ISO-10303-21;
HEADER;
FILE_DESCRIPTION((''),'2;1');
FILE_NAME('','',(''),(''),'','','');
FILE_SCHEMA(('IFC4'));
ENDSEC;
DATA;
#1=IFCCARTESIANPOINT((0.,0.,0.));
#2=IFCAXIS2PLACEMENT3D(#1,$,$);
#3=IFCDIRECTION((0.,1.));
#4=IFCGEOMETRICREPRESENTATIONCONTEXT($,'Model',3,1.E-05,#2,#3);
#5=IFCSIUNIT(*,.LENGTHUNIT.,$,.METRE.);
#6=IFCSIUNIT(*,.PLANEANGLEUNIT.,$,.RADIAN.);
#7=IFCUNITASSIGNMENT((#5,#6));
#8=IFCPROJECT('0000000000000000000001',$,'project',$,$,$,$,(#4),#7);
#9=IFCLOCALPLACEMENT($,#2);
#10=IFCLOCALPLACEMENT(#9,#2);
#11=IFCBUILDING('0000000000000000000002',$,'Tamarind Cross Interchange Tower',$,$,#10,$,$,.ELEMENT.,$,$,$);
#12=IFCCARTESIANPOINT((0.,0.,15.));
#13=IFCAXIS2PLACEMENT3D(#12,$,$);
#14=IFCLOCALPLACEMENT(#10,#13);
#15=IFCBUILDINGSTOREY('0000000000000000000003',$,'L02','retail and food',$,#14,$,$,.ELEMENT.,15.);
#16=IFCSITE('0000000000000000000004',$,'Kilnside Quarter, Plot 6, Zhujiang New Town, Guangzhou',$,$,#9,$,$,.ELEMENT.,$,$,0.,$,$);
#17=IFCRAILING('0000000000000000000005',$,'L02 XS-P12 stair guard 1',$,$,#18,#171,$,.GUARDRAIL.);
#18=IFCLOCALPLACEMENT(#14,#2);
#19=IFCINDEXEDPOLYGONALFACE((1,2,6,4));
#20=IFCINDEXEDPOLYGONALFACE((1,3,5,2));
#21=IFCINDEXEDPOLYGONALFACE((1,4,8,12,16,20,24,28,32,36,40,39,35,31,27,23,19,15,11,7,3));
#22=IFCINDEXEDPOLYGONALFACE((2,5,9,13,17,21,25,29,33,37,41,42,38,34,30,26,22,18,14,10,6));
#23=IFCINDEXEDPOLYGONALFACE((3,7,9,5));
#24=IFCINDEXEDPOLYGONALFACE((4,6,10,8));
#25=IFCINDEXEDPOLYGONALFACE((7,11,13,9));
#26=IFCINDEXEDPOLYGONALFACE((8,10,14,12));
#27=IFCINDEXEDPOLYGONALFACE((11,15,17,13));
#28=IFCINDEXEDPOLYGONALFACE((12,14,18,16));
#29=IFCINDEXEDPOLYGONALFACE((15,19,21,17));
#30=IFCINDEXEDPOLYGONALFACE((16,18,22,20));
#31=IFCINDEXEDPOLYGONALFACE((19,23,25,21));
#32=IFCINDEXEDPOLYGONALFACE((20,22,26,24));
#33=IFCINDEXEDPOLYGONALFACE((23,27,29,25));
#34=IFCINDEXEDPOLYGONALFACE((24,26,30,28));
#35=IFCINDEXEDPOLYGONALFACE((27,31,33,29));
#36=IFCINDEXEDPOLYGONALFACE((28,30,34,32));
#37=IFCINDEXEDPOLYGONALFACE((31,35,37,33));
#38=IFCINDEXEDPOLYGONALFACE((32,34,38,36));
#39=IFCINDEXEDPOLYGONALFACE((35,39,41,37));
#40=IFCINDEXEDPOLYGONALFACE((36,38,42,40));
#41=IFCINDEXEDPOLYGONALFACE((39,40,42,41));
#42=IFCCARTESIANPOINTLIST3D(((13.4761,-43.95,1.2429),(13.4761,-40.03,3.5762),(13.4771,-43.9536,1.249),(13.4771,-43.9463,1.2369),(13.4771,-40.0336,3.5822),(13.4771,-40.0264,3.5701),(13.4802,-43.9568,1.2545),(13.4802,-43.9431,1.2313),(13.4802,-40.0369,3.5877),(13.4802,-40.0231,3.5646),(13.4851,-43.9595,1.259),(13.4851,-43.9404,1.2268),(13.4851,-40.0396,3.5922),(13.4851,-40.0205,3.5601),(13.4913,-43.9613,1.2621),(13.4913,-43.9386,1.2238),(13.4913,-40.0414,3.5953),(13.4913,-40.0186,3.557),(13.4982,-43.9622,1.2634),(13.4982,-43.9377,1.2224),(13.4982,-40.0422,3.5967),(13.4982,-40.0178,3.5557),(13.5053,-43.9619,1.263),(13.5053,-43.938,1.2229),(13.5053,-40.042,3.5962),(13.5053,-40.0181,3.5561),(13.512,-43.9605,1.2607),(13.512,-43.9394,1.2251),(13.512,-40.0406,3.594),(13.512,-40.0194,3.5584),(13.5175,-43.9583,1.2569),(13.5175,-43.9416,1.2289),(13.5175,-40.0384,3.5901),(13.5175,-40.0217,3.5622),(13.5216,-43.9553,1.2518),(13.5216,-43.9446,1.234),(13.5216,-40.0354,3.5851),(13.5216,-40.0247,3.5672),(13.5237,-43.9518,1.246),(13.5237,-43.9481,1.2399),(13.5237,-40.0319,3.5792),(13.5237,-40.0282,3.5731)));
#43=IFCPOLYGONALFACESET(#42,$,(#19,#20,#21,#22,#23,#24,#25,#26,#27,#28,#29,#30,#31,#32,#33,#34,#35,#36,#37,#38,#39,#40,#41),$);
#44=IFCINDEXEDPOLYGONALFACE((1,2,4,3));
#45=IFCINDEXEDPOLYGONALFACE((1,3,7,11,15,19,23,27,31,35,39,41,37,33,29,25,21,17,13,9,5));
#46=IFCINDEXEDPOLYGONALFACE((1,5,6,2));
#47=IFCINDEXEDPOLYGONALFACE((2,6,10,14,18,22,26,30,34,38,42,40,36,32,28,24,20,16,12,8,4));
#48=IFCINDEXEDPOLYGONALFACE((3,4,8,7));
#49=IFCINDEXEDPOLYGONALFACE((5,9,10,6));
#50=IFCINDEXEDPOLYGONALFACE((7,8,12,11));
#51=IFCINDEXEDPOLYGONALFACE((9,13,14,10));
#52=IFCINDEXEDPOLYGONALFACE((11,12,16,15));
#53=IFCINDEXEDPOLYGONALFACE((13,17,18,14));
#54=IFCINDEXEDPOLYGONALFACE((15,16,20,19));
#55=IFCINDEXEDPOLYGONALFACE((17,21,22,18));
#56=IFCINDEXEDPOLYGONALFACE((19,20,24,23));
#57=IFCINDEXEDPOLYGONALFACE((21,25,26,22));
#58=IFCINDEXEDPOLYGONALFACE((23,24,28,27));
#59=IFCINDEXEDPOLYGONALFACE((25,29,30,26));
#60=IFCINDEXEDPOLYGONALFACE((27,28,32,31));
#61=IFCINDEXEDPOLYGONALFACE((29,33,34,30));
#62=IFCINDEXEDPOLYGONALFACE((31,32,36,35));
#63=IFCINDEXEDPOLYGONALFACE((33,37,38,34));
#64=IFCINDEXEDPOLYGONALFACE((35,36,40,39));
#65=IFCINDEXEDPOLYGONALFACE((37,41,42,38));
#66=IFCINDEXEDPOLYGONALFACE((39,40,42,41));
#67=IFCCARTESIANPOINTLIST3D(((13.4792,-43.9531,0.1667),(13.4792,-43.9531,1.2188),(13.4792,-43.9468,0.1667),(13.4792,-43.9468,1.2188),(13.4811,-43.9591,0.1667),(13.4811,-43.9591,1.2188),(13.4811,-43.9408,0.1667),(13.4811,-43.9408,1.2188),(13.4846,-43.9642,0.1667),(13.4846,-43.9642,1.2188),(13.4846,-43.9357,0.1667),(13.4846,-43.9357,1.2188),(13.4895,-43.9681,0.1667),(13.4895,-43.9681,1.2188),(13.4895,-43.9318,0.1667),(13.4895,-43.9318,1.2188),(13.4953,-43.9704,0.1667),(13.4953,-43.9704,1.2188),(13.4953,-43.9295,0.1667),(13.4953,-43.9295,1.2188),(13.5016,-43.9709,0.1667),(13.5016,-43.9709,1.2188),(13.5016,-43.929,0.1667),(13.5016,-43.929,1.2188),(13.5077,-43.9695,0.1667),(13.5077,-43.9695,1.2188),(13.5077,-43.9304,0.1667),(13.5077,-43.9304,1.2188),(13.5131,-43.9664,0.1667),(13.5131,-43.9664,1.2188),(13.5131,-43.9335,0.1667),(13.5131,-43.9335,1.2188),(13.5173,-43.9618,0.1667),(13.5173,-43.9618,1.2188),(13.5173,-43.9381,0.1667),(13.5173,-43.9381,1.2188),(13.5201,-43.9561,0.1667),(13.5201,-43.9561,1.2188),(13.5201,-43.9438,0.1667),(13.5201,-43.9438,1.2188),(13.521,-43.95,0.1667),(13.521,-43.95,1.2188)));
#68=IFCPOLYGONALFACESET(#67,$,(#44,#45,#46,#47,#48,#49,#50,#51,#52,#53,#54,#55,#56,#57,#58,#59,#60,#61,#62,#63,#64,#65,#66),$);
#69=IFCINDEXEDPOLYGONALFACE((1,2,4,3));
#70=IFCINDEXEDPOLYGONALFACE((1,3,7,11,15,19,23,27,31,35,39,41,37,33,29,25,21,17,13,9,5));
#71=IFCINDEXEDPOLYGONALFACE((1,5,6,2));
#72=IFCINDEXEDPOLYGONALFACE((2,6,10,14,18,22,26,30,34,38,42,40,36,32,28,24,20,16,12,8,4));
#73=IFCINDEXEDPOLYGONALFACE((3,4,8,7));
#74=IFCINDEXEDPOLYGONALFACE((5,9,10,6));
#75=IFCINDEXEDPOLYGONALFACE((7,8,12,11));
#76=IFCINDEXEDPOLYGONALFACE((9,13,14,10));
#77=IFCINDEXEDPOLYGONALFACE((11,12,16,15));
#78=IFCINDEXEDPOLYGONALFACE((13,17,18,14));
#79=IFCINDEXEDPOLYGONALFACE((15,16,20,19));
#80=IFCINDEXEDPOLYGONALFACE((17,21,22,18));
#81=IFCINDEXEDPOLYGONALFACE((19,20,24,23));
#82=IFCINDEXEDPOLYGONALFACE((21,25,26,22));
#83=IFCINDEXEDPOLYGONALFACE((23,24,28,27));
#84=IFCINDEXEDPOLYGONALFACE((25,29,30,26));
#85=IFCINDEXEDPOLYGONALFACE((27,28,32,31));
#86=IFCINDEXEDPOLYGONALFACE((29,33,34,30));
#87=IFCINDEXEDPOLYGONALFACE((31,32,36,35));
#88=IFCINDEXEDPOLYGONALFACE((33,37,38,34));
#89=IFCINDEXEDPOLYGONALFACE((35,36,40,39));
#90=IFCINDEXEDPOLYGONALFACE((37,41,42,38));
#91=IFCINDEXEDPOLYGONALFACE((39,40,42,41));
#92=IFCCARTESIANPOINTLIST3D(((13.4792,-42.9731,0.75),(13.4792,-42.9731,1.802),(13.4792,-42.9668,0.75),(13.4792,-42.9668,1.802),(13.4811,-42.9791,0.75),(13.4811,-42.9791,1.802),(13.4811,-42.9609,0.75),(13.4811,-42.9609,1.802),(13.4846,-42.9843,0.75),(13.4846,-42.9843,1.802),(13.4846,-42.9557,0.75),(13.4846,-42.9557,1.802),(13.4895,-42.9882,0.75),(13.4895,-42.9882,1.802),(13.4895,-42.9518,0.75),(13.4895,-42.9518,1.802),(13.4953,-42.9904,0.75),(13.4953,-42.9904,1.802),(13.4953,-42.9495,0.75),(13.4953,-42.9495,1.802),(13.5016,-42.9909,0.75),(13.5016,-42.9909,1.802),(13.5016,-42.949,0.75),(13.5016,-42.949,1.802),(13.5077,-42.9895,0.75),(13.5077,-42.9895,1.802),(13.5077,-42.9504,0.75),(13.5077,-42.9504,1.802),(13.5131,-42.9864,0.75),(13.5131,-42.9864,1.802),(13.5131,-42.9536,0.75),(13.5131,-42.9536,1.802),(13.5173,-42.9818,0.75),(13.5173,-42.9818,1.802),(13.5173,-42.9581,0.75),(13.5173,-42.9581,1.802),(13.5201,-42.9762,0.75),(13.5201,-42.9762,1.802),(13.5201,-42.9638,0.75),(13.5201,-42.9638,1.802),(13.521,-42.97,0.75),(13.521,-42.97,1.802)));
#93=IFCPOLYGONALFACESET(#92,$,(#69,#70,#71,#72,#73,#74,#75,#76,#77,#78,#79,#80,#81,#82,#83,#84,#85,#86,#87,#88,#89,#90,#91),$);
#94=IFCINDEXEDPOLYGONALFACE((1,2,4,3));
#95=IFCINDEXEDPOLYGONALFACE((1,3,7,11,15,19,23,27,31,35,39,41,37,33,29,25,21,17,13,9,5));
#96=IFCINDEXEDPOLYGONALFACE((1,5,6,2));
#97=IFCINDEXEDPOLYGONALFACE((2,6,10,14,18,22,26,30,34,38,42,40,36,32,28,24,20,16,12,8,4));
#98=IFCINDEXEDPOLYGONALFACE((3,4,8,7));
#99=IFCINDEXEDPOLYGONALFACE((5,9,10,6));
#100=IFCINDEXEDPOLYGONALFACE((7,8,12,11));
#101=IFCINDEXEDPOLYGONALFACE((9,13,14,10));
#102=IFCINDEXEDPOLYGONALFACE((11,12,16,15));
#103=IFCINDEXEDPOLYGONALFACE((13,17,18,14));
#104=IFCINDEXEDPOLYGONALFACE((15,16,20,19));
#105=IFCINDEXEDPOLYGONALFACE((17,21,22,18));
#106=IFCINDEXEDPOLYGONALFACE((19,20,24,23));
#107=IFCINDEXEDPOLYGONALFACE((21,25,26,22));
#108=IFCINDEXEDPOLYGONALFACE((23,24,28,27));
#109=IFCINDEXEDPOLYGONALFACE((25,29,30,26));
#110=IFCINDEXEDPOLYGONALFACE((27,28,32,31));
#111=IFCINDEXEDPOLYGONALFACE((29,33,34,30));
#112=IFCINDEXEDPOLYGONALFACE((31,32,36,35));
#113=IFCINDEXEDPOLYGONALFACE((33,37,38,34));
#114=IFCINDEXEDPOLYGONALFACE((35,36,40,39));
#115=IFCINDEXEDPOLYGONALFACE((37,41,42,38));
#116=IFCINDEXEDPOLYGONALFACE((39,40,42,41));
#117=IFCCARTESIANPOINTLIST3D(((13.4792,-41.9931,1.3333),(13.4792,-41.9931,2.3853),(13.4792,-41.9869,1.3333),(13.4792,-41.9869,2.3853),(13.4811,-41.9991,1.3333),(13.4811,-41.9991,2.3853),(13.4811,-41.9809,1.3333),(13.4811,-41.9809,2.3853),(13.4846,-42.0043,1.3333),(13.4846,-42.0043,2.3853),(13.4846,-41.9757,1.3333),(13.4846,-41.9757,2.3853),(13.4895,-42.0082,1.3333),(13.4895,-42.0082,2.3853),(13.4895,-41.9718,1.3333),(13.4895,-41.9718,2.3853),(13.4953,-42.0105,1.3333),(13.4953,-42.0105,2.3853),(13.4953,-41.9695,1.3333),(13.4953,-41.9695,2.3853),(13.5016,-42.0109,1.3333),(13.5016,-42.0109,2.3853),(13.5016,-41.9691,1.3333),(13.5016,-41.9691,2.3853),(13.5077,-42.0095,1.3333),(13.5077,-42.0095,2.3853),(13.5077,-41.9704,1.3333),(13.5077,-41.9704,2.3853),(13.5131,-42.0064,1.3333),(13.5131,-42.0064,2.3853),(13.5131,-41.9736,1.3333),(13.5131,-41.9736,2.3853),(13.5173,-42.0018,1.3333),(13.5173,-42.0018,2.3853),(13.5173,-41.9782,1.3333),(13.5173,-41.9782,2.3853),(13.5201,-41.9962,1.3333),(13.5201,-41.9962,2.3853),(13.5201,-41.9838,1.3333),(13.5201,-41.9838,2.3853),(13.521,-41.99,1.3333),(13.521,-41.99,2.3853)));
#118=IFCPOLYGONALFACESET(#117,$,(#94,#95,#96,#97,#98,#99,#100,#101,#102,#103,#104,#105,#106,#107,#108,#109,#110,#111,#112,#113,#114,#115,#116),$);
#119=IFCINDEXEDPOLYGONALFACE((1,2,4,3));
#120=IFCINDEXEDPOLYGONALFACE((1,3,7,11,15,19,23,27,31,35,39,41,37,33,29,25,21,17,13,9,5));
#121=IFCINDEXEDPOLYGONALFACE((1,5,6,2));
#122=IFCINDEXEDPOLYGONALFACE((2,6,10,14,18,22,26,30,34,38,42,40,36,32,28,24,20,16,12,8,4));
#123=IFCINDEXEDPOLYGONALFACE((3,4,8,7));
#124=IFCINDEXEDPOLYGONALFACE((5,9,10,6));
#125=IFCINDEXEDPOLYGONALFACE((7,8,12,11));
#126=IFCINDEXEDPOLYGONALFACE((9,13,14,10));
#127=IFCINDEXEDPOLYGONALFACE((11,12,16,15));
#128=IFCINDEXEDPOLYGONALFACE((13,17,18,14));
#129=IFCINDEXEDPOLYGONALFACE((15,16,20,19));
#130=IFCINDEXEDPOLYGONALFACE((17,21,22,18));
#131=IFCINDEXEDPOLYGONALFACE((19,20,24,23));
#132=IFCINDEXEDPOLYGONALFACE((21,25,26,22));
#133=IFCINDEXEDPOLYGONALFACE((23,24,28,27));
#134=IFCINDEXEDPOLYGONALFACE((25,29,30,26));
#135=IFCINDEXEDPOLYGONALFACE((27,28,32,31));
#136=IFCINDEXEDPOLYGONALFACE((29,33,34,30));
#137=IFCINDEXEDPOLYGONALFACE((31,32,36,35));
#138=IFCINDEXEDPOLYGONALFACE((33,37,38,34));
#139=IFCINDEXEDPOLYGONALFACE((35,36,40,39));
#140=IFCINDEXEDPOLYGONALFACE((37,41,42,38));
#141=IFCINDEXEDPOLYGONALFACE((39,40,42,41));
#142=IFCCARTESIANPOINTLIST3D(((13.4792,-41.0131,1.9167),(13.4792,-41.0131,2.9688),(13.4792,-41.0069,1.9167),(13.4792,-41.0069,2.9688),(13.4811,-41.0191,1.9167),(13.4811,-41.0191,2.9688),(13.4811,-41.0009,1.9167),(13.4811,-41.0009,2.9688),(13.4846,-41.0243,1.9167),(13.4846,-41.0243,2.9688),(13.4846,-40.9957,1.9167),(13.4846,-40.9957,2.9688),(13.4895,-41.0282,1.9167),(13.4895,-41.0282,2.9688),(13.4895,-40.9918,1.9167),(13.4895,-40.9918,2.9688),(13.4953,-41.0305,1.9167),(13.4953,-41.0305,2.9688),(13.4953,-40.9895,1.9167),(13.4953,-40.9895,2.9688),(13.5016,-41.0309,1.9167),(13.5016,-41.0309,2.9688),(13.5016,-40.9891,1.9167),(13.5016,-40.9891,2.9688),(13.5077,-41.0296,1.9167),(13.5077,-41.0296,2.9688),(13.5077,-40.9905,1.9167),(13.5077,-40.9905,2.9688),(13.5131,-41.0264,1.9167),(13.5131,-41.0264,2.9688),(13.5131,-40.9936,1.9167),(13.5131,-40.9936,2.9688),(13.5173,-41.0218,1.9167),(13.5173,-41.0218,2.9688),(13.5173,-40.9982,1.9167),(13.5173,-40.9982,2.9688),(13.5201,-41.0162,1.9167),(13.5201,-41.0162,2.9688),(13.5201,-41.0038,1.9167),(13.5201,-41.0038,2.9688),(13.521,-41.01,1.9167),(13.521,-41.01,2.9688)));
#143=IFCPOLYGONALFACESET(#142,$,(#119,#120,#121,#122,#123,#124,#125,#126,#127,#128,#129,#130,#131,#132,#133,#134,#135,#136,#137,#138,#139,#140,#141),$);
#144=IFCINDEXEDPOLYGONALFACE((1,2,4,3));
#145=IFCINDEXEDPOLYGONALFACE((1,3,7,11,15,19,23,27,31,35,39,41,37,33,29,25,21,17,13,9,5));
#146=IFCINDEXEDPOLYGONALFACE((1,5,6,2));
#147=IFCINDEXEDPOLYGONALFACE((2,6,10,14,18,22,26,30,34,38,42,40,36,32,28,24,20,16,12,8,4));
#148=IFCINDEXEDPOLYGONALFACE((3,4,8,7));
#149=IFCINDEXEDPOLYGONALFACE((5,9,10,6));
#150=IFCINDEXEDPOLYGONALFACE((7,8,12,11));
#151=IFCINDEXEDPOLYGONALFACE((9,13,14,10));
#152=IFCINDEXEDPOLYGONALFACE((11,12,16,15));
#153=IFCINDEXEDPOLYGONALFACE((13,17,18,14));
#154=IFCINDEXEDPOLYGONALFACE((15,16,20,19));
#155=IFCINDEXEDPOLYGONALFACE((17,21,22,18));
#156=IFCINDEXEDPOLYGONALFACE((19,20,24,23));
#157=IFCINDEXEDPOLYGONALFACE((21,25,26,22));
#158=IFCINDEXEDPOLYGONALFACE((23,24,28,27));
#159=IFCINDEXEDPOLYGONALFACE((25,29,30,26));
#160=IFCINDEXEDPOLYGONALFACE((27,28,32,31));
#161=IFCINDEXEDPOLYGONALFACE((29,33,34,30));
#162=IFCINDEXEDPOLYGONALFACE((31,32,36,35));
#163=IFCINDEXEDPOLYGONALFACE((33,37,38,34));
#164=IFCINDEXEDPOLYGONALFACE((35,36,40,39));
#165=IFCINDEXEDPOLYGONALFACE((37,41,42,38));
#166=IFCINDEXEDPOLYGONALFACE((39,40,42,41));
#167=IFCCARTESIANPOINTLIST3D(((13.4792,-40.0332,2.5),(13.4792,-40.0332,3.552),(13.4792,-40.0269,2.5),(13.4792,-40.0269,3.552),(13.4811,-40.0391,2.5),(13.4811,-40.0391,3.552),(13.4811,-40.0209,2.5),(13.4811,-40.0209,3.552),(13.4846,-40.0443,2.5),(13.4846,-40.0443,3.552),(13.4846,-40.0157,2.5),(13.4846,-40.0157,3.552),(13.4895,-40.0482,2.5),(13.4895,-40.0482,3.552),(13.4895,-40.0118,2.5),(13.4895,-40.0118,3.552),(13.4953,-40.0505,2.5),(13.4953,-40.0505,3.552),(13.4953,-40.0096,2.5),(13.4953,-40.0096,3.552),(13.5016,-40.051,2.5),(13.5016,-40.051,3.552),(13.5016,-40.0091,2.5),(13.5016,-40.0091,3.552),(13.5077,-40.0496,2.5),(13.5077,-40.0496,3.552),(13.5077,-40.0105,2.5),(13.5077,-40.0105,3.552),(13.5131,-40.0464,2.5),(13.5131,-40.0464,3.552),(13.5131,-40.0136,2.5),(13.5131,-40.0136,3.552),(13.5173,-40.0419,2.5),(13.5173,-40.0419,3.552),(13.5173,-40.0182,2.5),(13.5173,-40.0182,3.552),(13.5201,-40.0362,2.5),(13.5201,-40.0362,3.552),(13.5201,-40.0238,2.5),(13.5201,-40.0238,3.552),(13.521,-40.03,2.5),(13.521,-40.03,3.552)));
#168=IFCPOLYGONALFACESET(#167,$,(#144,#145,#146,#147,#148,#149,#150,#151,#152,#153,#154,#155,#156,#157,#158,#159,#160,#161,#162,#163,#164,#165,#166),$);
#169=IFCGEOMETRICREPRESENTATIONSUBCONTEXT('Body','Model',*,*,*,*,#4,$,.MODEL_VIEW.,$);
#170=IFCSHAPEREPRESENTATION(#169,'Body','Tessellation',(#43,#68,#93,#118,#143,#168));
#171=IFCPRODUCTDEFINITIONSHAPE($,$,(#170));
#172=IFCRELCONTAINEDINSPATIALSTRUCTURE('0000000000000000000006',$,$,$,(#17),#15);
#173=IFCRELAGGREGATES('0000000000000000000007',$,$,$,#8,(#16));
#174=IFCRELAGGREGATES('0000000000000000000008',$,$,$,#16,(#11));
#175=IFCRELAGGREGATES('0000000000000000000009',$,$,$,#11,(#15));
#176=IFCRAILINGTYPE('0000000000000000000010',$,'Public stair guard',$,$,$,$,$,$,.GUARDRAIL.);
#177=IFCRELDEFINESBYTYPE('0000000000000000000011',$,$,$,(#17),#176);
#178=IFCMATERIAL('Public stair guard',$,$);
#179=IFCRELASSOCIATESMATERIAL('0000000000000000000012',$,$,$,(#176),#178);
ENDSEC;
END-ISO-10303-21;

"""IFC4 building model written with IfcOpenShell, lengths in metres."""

from ifc_helpers import new_model, si_unit, direction, frame, origin, origin_2d, place, context, subcontext, project, spatial, circle, extrude, material, type_object, element, save


model = new_model("IFC4")

# Units and contexts
model_context = context("Model", 3, precision=1e-05, world=origin(), true_north=direction((0.0, 1.0)))
body_context = subcontext(model_context, "Body", "Model", "MODEL_VIEW")
ifc_project = project(units=[si_unit("LENGTHUNIT", "METRE"), si_unit("PLANEANGLEUNIT", "RADIAN")], contexts=[model_context])

# Site, building, storey
site_placement = place(None, origin())
site = spatial("IfcSite", under=ifc_project, at=site_placement, Name="Kilnside Quarter, Plot 6, Zhujiang New Town, Guangzhou", CompositionType="ELEMENT", RefElevation=0.0)
building_placement = place(site_placement, origin())
building = spatial("IfcBuilding", under=site, at=building_placement, Name="Tamarind Cross Interchange Tower", CompositionType="ELEMENT")
storey_placement = place(building_placement, frame((0.0, 0.0, 15.0)))
storey = spatial("IfcBuildingStorey", under=building, at=storey_placement, Name="L02", Description="retail and food", CompositionType="ELEMENT", Elevation=15.0)

# Railing
ifc_material_1 = material(Name="Public stair guard")
railing_type_1 = type_object("IfcRailingType", Name="Public stair guard", PredefinedType="GUARDRAIL", material=ifc_material_1)
railing_1_placement = place(storey_placement, frame((13.5, -43.95, 0.1667)))
element("IfcRailing", 1, at=railing_1_placement, inside=storey, type_object=railing_type_1, Name="L02 XS-P12 stair guard 1", PredefinedType="GUARDRAIL", context=body_context, shape_type="SweptSolid", body=[
    extrude(circle(Radius=0.0239, at=origin_2d()), frame((0.0, 0.0, 1.0762), z_axis=(0.0, 0.859296, 0.511478), x_axis=(-1.0, 0.0, 0.0)), (0.0, 0.0, 1.0), 4.5618),
    extrude(circle(Radius=0.021, at=origin_2d()), origin(), (0.0, 0.0, 1.0), 1.052),
    extrude(circle(Radius=0.021, at=origin_2d()), frame((0.0, 0.98, 0.5833)), (0.0, 0.0, 1.0), 1.052),
    extrude(circle(Radius=0.021, at=origin_2d()), frame((0.0, 1.96, 1.1665)), (0.0, 0.0, 1.0), 1.052),
    extrude(circle(Radius=0.021, at=origin_2d()), frame((0.0, 2.9399, 1.75)), (0.0, 0.0, 1.0), 1.052),
    extrude(circle(Radius=0.021, at=origin_2d()), frame((0.0, 3.9199, 2.3333)), (0.0, 0.0, 1.0), 1.052),
])

save(model, "model.ifc")
